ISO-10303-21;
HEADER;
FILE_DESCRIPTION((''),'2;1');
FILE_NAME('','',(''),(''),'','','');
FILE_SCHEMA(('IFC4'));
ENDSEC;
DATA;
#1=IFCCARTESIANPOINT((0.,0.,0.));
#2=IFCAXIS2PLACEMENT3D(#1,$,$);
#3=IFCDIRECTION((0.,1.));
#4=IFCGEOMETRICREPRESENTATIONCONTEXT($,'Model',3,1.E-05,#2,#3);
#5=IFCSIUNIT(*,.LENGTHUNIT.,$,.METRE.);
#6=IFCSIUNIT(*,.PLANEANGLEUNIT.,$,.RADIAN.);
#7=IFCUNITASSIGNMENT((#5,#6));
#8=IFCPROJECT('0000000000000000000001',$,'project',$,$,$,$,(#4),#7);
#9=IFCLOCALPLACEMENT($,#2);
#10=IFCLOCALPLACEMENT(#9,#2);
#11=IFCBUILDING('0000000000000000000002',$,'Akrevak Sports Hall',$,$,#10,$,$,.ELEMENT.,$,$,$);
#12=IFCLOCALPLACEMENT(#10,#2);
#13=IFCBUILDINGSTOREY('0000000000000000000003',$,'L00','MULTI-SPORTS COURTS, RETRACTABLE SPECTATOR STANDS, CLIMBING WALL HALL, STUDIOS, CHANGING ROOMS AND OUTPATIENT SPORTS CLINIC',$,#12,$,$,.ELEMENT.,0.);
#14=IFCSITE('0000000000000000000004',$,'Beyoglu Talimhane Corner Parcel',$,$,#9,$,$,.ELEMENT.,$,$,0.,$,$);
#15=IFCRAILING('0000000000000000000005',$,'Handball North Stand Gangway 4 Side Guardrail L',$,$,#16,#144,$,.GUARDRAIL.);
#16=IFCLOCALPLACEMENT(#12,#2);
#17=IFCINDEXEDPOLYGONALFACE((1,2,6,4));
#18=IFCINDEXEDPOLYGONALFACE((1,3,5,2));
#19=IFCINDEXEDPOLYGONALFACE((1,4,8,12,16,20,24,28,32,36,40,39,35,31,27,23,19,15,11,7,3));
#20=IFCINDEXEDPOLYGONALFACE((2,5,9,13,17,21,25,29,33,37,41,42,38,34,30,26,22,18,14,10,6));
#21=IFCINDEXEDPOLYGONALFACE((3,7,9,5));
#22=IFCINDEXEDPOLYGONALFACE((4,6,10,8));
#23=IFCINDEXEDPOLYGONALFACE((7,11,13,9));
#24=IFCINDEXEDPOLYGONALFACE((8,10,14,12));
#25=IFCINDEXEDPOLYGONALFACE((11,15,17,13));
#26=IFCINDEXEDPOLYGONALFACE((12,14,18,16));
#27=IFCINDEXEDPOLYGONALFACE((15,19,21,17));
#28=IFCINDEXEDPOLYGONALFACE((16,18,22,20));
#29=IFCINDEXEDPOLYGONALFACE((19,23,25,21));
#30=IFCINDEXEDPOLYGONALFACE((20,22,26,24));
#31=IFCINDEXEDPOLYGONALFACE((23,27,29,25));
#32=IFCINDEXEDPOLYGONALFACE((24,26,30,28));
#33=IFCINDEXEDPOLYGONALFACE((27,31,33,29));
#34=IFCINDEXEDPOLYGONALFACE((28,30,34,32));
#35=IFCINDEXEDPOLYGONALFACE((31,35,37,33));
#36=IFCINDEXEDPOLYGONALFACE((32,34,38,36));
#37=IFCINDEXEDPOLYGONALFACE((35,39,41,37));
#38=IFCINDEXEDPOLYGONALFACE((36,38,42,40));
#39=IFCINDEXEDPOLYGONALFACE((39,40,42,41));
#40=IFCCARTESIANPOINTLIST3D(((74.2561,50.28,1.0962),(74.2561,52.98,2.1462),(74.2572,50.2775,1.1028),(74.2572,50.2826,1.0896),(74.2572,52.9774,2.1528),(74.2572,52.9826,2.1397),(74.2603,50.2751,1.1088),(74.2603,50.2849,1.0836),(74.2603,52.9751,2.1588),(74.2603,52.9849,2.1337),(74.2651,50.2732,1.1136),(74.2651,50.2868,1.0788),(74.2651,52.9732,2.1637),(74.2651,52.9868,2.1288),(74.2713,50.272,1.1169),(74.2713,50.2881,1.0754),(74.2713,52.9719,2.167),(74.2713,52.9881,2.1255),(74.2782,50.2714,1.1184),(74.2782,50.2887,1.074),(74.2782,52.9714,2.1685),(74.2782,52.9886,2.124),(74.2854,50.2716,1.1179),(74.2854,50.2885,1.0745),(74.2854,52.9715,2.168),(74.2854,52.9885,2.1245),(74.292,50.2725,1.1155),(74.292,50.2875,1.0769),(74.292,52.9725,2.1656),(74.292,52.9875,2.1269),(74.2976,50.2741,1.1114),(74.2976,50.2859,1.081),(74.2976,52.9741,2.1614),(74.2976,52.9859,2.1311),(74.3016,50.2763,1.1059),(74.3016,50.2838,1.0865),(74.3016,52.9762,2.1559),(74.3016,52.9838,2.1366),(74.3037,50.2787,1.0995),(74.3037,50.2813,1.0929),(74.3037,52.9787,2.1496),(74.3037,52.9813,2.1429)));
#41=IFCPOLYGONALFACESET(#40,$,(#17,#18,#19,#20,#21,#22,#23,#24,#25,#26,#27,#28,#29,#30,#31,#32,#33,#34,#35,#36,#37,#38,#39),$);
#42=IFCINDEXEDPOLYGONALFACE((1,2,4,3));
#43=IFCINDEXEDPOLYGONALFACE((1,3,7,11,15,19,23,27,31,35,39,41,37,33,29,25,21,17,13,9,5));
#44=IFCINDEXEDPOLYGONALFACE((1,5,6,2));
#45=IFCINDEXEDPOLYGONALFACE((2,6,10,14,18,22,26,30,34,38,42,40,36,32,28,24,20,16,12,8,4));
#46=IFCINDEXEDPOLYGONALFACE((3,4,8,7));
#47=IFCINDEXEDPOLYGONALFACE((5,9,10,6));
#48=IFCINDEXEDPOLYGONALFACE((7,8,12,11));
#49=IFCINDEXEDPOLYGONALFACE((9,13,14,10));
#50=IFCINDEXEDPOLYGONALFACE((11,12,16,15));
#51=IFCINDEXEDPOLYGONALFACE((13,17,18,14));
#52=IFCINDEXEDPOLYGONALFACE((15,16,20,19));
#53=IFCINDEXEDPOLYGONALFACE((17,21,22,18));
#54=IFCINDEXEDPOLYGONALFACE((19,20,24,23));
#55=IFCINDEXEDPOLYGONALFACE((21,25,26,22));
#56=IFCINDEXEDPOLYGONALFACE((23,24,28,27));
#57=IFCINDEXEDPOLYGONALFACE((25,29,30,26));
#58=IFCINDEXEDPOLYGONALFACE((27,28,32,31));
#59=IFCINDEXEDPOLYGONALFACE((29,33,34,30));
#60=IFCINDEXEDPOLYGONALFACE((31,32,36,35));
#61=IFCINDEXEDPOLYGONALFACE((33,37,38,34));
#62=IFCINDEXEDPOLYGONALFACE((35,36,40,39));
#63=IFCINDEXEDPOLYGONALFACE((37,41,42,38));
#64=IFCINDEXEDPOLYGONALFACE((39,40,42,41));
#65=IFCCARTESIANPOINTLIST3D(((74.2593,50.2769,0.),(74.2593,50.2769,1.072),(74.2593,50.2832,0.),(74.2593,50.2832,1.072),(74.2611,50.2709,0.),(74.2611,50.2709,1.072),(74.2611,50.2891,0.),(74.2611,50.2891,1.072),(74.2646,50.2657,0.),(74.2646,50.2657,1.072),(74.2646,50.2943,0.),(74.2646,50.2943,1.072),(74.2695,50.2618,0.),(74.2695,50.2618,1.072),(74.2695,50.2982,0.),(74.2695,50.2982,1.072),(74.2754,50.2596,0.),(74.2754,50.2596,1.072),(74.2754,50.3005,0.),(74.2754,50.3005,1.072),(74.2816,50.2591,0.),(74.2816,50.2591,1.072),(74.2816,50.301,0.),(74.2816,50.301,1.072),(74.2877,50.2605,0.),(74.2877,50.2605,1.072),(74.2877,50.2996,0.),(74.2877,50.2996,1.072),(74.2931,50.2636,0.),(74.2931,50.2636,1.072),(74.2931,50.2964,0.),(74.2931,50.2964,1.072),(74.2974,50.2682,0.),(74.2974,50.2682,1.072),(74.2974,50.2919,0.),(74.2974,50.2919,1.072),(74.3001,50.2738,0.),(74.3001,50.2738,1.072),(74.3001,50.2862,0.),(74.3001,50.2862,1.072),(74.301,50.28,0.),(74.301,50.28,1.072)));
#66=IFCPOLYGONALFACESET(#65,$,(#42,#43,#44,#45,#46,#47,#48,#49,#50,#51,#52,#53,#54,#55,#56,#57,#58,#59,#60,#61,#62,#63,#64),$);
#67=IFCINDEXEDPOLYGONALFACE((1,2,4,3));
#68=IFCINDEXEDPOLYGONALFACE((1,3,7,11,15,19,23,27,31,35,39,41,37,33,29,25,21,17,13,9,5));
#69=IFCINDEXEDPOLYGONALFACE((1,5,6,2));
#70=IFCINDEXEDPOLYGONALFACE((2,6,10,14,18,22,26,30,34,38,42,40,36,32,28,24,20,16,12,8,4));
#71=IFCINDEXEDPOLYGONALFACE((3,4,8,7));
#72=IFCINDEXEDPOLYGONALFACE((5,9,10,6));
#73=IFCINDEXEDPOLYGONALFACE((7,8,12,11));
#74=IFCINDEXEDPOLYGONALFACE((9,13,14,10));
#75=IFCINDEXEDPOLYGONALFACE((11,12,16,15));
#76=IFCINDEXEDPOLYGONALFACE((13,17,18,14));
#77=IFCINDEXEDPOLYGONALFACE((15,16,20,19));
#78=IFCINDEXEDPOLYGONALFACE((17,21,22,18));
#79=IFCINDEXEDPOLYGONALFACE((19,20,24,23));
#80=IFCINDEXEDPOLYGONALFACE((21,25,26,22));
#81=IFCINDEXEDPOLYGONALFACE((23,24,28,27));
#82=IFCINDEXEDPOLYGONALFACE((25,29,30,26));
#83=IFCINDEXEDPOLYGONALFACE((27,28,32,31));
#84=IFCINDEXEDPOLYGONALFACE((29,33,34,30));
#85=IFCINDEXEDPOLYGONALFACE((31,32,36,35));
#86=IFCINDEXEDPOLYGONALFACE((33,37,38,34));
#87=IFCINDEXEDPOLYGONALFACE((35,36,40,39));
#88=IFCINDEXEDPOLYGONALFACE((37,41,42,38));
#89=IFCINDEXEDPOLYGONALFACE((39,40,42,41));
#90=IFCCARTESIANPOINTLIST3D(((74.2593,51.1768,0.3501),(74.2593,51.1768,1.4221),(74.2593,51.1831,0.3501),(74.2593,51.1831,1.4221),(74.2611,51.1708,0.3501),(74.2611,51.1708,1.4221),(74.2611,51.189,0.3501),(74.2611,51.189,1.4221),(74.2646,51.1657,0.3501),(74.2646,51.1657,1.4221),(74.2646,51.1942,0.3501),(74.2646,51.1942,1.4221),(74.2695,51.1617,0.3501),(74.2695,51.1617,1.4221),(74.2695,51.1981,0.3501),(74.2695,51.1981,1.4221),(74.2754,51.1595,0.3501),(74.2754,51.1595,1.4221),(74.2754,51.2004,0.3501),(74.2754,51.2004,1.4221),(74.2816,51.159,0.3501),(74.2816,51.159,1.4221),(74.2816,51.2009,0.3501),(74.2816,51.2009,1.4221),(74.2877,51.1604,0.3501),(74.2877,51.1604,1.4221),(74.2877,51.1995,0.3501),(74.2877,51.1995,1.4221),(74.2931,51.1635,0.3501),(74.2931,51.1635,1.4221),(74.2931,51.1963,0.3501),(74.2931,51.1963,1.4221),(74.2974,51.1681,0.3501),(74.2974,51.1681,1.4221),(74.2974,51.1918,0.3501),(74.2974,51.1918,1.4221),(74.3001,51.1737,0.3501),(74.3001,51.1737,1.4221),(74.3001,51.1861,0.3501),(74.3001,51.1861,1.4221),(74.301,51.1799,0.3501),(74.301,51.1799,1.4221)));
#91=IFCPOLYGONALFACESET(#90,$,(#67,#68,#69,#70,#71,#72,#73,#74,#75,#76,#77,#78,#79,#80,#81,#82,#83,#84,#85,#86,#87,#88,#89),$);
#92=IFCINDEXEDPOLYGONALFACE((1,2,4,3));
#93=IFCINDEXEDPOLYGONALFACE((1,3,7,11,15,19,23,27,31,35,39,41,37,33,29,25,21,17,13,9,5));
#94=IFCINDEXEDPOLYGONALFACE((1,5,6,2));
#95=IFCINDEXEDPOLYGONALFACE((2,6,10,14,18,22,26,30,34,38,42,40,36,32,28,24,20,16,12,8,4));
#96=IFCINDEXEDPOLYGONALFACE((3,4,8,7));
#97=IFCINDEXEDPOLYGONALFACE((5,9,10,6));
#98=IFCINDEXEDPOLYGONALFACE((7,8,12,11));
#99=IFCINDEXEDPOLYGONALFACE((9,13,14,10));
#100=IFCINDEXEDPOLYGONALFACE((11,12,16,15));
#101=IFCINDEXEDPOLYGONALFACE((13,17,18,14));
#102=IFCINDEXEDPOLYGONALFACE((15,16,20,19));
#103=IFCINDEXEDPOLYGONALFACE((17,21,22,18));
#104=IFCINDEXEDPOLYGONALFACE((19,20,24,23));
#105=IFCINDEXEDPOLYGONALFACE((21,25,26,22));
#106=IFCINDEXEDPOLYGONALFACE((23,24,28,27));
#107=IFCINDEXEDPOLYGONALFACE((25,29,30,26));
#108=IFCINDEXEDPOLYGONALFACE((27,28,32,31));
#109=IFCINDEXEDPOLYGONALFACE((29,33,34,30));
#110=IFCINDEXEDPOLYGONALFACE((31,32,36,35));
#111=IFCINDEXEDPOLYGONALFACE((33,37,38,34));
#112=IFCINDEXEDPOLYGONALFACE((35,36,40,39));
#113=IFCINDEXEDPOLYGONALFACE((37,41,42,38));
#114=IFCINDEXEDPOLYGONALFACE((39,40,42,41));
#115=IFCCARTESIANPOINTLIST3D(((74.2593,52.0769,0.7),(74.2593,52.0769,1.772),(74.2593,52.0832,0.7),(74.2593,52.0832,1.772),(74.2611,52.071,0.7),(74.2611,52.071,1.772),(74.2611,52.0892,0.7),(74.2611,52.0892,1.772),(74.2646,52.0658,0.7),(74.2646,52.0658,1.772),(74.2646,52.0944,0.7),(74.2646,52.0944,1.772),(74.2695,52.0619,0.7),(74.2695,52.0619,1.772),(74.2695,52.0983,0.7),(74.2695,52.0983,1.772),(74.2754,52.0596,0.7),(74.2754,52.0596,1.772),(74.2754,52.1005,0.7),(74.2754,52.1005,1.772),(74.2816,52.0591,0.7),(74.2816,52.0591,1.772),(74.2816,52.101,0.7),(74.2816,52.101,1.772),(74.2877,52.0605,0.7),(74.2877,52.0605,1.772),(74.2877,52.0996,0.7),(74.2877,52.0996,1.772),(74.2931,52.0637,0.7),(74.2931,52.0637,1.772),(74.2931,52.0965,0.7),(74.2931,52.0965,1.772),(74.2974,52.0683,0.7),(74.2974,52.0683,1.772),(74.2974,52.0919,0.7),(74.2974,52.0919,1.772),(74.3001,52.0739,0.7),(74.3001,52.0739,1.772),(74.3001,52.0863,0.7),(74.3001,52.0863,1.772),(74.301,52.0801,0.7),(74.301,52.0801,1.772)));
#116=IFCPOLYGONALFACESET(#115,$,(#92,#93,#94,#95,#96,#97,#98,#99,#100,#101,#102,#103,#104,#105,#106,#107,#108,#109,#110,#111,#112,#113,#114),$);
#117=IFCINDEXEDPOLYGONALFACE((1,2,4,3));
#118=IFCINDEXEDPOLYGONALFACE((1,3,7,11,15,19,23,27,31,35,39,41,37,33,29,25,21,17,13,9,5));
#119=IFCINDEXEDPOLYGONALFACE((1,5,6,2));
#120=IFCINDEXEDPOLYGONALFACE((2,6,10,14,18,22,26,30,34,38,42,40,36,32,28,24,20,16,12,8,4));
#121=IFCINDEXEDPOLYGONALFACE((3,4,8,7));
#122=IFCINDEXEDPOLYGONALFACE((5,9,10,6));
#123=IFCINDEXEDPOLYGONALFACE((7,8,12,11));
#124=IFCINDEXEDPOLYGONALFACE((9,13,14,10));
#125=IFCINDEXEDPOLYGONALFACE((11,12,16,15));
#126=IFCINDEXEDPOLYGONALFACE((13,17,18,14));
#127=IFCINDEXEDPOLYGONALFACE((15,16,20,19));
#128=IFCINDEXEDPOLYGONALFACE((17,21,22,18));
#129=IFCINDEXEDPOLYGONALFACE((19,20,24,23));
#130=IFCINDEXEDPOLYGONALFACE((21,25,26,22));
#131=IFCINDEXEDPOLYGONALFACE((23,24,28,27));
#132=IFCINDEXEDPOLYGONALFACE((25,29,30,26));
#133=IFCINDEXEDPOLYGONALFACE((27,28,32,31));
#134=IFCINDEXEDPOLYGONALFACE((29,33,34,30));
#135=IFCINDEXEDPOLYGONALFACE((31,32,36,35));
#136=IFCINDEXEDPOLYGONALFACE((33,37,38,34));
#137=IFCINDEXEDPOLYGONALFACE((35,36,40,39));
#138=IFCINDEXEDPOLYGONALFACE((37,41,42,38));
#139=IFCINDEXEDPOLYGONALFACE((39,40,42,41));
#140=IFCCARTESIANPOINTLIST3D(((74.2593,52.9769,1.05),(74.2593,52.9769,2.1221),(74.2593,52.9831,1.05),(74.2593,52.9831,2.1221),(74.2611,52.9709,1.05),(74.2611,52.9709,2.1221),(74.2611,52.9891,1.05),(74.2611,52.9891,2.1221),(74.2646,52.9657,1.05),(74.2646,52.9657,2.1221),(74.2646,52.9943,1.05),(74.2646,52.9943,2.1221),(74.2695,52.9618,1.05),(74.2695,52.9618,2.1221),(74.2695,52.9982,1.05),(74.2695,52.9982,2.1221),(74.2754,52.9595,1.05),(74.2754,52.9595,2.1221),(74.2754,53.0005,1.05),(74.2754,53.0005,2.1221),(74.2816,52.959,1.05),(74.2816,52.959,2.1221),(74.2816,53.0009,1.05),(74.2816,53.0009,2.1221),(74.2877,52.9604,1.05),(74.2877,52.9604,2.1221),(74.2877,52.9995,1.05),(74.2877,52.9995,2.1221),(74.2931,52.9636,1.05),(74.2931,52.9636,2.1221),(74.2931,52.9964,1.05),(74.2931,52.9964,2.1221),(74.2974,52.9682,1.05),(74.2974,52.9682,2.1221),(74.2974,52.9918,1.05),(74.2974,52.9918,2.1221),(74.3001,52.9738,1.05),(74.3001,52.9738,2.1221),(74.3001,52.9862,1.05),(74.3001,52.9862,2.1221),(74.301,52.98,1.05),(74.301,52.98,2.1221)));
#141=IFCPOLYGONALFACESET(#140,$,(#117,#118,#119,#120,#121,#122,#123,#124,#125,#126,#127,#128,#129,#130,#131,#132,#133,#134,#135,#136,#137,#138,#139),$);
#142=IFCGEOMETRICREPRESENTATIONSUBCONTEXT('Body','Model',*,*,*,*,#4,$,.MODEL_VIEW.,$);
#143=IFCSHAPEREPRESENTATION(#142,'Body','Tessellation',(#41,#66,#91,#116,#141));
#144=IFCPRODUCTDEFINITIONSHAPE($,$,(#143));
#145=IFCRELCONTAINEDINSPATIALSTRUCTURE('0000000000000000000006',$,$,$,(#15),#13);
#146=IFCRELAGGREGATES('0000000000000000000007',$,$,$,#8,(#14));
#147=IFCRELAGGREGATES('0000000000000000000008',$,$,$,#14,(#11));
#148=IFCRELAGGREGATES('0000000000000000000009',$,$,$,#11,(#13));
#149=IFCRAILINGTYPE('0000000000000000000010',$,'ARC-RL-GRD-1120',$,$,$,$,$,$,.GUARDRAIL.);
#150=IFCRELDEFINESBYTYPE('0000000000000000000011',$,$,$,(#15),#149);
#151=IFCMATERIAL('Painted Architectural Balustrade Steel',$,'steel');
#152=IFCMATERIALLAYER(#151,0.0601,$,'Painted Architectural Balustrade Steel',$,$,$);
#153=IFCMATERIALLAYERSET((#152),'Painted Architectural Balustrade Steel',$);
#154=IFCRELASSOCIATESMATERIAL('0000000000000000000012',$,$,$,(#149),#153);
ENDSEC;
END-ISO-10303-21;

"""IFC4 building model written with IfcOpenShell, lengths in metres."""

from ifc_helpers import new_model, si_unit, direction, frame, origin, origin_2d, place, context, subcontext, project, spatial, circle, extrude, material, layer, layer_set, type_object, element, save


model = new_model("IFC4")

# Units and contexts
model_context = context("Model", 3, precision=1e-05, world=origin(), true_north=direction((0.0, 1.0)))
body_context = subcontext(model_context, "Body", "Model", "MODEL_VIEW")
ifc_project = project(units=[si_unit("LENGTHUNIT", "METRE"), si_unit("PLANEANGLEUNIT", "RADIAN")], contexts=[model_context])

# Site, building, storey
site_placement = place(None, origin())
site = spatial("IfcSite", under=ifc_project, at=site_placement, Name="Beyoglu Talimhane Corner Parcel", CompositionType="ELEMENT", RefElevation=0.0)
building_placement = place(site_placement, origin())
building = spatial("IfcBuilding", under=site, at=building_placement, Name="Akrevak Sports Hall", CompositionType="ELEMENT")
storey_placement = place(building_placement, origin())
storey = spatial("IfcBuildingStorey", under=building, at=storey_placement, Name="L00", Description="MULTI-SPORTS COURTS, RETRACTABLE SPECTATOR STANDS, CLIMBING WALL HALL, STUDIOS, CHANGING ROOMS AND OUTPATIENT SPORTS CLINIC", CompositionType="ELEMENT", Elevation=0.0)

# Railing
ifc_material_1 = material(Name="Painted Architectural Balustrade Steel", Category="steel")
ifc_layer_1 = layer(ifc_material_1, 0.0601, Name="Painted Architectural Balustrade Steel")
ifc_layer_set_1 = layer_set([ifc_layer_1], Name="Painted Architectural Balustrade Steel")
railing_type_1 = type_object("IfcRailingType", Name="ARC-RL-GRD-1120", PredefinedType="GUARDRAIL", material=ifc_layer_set_1)
railing_1_placement = place(storey_placement, frame((74.28, 50.28, 0.0)))
element("IfcRailing", 1, at=railing_1_placement, inside=storey, type_object=railing_type_1, Name="Handball North Stand Gangway 4 Side Guardrail L", PredefinedType="GUARDRAIL", context=body_context, shape_type="SweptSolid", body=[
    extrude(circle(Radius=0.0239, at=origin_2d()), frame((0.0, 0.0, 1.0962), z_axis=(0.0, 0.931997, 0.362467), x_axis=(-1.0, 0.0, 0.0)), (0.0, 0.0, 1.0), 2.897),
    extrude(circle(Radius=0.021, at=origin_2d()), origin(), (0.0, 0.0, 1.0), 1.072),
    extrude(circle(Radius=0.021, at=origin_2d()), frame((0.0, 0.8999, 0.3501)), (0.0, 0.0, 1.0), 1.072),
    extrude(circle(Radius=0.021, at=origin_2d()), frame((0.0, 1.8, 0.7)), (0.0, 0.0, 1.0), 1.072),
    extrude(circle(Radius=0.021, at=origin_2d()), frame((0.0, 2.7, 1.05)), (0.0, 0.0, 1.0), 1.072),
])

save(model, "model.ifc")
